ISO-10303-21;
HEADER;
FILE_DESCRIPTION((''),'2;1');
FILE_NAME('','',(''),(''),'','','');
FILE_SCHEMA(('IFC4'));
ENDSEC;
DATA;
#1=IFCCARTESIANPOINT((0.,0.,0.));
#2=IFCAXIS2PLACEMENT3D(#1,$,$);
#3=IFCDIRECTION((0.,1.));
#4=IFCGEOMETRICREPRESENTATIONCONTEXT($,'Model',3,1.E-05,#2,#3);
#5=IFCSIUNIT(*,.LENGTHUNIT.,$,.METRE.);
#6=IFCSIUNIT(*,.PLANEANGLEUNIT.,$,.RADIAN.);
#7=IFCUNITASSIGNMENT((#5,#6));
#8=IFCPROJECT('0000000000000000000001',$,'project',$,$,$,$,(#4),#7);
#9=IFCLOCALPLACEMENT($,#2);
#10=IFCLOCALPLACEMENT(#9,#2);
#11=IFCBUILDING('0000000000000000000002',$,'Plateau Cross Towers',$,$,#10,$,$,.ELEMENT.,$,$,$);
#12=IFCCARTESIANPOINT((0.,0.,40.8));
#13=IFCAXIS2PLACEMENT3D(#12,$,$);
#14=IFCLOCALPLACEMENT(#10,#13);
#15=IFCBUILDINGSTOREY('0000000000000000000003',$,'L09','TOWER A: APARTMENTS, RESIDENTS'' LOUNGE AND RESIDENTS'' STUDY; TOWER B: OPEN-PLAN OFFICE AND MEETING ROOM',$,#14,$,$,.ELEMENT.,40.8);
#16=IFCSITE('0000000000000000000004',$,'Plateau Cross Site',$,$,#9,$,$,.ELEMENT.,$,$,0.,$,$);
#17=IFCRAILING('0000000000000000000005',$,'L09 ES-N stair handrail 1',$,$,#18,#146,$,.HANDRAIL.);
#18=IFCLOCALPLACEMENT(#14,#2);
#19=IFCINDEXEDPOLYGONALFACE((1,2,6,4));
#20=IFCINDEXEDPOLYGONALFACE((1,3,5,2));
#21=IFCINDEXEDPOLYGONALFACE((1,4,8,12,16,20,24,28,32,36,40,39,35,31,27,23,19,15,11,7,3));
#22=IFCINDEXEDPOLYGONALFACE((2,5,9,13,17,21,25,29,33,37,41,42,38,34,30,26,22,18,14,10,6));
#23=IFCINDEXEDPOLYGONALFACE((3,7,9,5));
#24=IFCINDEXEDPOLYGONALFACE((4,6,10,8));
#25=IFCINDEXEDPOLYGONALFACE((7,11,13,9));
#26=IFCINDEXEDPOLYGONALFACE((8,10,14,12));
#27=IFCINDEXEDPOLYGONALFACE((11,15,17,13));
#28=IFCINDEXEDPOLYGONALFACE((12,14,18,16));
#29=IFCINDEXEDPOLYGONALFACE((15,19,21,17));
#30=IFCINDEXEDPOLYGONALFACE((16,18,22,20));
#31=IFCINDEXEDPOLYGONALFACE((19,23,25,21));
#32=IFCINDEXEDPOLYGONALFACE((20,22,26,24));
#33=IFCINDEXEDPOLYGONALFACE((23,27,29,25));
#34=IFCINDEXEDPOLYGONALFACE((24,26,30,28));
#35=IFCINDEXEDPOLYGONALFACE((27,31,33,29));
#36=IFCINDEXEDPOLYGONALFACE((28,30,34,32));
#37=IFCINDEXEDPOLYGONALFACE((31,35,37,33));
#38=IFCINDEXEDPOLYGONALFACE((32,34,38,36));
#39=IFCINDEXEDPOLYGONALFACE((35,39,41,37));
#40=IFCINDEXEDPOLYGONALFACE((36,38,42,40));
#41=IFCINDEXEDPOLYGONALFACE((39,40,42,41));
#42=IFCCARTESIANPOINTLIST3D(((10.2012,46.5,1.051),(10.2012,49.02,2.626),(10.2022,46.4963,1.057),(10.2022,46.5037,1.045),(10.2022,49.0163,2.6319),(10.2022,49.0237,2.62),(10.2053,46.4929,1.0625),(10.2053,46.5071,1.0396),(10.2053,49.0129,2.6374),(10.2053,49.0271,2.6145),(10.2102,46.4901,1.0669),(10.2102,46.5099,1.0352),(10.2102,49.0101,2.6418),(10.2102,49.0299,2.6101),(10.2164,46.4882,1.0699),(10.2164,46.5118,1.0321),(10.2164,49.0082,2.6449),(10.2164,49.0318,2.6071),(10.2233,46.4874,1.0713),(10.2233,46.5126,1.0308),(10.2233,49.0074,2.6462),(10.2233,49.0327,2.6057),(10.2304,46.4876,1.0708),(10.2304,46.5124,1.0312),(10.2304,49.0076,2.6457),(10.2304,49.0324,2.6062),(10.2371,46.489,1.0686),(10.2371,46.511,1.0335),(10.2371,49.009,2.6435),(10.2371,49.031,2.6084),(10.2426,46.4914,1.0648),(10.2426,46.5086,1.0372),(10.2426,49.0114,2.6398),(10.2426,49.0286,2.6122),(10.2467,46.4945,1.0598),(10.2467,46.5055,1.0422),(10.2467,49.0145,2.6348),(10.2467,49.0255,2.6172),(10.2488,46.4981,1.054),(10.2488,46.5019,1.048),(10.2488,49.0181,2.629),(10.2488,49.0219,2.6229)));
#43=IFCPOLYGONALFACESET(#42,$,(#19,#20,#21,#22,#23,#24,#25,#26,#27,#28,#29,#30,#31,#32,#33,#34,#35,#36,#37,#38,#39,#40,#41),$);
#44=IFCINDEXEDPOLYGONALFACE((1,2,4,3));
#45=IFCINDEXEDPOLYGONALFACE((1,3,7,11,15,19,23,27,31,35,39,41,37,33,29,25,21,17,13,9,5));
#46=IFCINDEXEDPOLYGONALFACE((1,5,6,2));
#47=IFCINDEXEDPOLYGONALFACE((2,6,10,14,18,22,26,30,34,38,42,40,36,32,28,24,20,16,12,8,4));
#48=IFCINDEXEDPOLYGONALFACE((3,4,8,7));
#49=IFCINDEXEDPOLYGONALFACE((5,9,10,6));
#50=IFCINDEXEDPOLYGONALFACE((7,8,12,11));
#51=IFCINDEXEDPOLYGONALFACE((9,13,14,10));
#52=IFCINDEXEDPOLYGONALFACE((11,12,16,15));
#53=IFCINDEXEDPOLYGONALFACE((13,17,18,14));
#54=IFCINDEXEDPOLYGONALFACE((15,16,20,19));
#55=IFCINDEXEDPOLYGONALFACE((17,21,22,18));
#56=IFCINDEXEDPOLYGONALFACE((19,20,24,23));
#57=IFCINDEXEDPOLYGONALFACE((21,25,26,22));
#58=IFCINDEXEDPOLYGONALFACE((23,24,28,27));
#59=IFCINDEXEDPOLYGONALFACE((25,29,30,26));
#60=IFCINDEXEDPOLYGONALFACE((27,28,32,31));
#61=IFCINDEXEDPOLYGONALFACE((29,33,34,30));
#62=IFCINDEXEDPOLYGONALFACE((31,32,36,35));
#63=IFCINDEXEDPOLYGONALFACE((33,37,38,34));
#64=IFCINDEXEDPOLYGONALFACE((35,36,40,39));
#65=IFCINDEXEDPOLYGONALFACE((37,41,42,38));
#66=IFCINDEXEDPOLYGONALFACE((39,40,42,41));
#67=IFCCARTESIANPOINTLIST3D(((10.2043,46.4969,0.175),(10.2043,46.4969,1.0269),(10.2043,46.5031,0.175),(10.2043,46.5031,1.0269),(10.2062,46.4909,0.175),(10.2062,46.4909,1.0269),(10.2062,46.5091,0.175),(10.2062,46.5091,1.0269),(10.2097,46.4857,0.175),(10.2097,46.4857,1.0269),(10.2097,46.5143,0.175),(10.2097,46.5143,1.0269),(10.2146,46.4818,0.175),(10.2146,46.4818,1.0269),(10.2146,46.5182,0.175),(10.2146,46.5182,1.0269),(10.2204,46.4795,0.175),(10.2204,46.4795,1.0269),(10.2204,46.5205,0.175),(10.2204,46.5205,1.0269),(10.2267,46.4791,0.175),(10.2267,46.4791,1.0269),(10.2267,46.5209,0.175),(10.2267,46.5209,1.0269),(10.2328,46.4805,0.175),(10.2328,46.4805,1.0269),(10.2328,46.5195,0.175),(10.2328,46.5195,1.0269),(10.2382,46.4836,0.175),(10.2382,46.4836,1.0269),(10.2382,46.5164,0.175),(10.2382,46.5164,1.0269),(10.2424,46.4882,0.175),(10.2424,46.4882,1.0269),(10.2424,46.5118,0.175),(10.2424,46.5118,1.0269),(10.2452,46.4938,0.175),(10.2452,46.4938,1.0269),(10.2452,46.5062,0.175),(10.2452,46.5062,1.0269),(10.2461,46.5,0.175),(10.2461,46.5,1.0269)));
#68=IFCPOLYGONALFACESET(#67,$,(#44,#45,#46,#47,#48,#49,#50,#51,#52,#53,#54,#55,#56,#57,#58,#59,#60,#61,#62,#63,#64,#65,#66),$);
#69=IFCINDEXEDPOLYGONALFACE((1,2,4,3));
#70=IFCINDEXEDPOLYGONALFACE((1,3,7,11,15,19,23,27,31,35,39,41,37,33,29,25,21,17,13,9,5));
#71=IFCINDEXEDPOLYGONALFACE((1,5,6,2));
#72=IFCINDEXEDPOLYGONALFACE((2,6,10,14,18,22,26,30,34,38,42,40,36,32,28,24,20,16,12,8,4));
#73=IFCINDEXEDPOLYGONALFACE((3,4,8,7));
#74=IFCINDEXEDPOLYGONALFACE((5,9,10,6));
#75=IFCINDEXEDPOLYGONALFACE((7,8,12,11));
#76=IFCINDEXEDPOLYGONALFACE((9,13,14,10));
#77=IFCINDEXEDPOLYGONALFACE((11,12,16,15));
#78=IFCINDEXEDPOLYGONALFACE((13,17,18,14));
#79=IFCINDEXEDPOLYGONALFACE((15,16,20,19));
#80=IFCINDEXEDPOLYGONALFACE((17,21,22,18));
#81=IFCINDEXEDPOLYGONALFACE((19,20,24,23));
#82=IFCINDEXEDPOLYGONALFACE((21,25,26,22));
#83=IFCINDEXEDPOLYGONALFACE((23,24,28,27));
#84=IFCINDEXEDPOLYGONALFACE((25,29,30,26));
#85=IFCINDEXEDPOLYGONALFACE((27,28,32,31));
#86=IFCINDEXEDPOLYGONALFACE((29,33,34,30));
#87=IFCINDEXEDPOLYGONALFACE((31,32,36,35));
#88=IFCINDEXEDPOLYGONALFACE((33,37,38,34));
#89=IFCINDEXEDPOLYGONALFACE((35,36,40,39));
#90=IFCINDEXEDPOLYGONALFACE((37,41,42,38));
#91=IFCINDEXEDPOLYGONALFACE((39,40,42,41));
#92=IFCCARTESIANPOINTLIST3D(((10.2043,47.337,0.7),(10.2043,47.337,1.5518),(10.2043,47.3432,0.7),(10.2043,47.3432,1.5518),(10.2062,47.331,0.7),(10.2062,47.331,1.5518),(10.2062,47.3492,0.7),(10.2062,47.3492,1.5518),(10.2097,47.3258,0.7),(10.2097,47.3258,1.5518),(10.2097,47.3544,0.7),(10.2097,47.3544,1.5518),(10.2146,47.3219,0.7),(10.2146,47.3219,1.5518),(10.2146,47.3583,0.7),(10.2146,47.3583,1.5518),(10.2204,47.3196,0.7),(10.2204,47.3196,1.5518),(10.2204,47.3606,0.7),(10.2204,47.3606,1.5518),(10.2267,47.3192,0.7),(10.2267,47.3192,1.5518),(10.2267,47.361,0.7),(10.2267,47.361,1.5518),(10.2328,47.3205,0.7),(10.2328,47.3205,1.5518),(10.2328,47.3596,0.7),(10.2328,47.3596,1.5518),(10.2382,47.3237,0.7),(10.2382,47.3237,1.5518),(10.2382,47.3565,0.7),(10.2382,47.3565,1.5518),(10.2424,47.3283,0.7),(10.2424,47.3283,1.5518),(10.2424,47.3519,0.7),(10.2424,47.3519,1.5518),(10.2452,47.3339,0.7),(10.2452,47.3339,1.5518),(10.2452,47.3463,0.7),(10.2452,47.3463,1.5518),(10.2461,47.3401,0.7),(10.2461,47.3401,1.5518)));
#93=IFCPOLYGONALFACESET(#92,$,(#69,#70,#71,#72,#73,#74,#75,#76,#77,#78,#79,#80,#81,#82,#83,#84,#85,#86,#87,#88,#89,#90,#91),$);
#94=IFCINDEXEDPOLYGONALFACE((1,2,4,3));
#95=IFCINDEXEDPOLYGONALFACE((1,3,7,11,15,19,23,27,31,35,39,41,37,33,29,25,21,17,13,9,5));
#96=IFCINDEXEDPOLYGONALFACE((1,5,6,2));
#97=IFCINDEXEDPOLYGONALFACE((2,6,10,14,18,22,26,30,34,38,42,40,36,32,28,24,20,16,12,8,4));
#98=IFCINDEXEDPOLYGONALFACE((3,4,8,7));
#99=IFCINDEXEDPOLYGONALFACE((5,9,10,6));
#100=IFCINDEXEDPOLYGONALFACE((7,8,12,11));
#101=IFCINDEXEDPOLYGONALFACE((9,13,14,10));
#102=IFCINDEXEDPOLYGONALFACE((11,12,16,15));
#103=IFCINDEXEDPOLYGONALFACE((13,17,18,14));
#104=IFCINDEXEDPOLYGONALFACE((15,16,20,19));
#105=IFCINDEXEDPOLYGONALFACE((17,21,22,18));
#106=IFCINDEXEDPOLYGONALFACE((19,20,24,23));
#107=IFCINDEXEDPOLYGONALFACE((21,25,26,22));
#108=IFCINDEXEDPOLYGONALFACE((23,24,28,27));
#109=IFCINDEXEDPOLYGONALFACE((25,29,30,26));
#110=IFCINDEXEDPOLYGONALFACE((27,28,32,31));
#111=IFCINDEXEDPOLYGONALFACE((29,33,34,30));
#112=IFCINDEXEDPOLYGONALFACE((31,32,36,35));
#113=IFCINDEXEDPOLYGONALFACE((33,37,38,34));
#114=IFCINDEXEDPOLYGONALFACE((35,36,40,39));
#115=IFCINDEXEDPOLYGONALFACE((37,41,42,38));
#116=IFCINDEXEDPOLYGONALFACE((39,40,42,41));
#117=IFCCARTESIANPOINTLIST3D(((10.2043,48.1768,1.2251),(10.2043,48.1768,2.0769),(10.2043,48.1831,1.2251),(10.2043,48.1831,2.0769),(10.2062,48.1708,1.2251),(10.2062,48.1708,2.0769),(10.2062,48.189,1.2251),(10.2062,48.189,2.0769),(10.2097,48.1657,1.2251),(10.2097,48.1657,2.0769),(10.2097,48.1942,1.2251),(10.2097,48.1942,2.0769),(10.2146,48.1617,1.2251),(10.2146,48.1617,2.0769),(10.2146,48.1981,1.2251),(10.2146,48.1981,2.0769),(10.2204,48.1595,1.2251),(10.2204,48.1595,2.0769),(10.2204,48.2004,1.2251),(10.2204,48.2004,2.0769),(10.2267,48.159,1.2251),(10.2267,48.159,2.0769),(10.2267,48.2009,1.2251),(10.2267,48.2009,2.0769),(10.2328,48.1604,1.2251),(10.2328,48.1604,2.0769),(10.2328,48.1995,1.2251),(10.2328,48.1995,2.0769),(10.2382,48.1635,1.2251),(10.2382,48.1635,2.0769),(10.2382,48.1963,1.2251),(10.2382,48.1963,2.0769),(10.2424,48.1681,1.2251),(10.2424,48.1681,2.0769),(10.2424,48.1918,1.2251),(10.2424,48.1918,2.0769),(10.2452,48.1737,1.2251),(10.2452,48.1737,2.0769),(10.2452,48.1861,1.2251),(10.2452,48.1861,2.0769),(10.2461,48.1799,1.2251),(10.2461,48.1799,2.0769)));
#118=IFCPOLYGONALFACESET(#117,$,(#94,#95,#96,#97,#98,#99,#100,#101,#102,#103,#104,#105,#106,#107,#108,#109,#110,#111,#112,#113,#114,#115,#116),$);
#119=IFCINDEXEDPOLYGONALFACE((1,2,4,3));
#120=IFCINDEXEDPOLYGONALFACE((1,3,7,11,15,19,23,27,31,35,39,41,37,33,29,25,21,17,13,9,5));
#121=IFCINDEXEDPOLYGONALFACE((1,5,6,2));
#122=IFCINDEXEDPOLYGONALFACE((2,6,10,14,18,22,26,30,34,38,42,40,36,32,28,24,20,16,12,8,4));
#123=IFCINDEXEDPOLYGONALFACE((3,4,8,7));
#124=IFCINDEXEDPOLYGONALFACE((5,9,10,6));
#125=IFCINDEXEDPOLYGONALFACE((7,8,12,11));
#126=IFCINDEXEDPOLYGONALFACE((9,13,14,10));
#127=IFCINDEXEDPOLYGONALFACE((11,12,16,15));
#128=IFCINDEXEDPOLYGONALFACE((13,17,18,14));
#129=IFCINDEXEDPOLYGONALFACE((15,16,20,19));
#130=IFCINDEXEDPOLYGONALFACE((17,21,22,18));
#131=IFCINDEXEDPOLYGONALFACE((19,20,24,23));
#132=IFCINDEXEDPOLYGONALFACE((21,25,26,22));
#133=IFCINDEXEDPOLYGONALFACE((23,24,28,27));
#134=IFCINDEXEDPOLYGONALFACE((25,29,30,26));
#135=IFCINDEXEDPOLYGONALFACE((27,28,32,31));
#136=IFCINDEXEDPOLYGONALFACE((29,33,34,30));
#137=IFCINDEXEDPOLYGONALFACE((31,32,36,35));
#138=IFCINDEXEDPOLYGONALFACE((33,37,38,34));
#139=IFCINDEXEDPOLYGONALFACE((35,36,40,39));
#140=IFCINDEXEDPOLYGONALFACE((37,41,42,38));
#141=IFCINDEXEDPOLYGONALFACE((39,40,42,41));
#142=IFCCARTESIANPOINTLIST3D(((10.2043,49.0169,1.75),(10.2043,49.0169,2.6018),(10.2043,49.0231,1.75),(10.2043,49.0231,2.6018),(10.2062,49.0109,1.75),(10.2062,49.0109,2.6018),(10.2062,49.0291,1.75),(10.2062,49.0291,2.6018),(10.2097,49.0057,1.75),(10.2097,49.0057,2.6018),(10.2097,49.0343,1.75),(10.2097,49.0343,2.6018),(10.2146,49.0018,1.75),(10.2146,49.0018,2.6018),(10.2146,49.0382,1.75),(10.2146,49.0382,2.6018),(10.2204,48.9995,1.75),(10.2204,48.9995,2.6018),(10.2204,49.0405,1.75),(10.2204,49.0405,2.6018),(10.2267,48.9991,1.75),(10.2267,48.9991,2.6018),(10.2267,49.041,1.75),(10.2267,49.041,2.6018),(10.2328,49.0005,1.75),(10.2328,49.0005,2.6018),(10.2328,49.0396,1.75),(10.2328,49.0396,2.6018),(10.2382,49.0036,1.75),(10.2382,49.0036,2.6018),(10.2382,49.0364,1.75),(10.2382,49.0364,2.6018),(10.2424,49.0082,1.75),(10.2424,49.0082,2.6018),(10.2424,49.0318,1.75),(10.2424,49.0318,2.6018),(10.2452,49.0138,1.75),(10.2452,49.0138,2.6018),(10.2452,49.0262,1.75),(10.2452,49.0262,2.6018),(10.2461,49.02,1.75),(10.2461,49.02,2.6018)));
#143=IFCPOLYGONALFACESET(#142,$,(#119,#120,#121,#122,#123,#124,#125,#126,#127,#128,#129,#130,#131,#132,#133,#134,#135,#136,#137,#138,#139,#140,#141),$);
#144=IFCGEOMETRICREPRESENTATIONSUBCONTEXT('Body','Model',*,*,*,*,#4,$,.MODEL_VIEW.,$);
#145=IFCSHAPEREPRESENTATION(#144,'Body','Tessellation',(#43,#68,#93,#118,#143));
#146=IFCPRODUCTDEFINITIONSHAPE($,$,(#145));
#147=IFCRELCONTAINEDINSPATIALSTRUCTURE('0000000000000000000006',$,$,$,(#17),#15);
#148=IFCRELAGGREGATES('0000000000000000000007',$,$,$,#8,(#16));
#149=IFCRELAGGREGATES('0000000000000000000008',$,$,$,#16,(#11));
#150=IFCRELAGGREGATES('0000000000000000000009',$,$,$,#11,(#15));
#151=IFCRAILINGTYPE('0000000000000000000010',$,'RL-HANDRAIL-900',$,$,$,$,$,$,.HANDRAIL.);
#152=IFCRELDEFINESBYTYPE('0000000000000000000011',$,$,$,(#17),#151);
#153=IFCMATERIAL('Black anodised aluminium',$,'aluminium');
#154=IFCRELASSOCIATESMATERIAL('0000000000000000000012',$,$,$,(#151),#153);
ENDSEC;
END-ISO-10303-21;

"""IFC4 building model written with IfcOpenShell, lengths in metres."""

from ifc_helpers import new_model, si_unit, direction, frame, origin, origin_2d, place, context, subcontext, project, spatial, circle, extrude, material, type_object, element, save


model = new_model("IFC4")

# Units and contexts
model_context = context("Model", 3, precision=1e-05, world=origin(), true_north=direction((0.0, 1.0)))
body_context = subcontext(model_context, "Body", "Model", "MODEL_VIEW")
ifc_project = project(units=[si_unit("LENGTHUNIT", "METRE"), si_unit("PLANEANGLEUNIT", "RADIAN")], contexts=[model_context])

# Site, building, storey
site_placement = place(None, origin())
site = spatial("IfcSite", under=ifc_project, at=site_placement, Name="Plateau Cross Site", CompositionType="ELEMENT", RefElevation=0.0)
building_placement = place(site_placement, origin())
building = spatial("IfcBuilding", under=site, at=building_placement, Name="Plateau Cross Towers", CompositionType="ELEMENT")
storey_placement = place(building_placement, frame((0.0, 0.0, 40.8)))
storey = spatial("IfcBuildingStorey", under=building, at=storey_placement, Name="L09", Description="TOWER A: APARTMENTS, RESIDENTS' LOUNGE AND RESIDENTS' STUDY; TOWER B: OPEN-PLAN OFFICE AND MEETING ROOM", CompositionType="ELEMENT", Elevation=40.8)

# Shared definitions
ifc_material_1 = material(Name="Black anodised aluminium", Category="aluminium")

# Railing
railing_type_1 = type_object("IfcRailingType", Name="RL-HANDRAIL-900", PredefinedType="HANDRAIL", material=ifc_material_1)
railing_1_placement = place(storey_placement, frame((10.2251, 46.5, 0.175)))
element("IfcRailing", 1, at=railing_1_placement, inside=storey, type_object=railing_type_1, Name="L09 ES-N stair handrail 1", PredefinedType="HANDRAIL", context=body_context, shape_type="SweptSolid", body=[
    extrude(circle(Radius=0.0239, at=origin_2d()), frame((0.0, 0.0, 0.876), z_axis=(0.0, 0.848008, 0.529984), x_axis=(-1.0, 0.0, 0.0)), (0.0, 0.0, 1.0), 2.9717),
    extrude(circle(Radius=0.021, at=origin_2d()), origin(), (0.0, 0.0, 1.0), 0.8518),
    extrude(circle(Radius=0.021, at=origin_2d()), frame((0.0, 0.8401, 0.5249)), (0.0, 0.0, 1.0), 0.8518),
    extrude(circle(Radius=0.021, at=origin_2d()), frame((0.0, 1.6799, 1.05)), (0.0, 0.0, 1.0), 0.8518),
    extrude(circle(Radius=0.021, at=origin_2d()), frame((0.0, 2.52, 1.575)), (0.0, 0.0, 1.0), 0.8518),
])

save(model, "model.ifc")
